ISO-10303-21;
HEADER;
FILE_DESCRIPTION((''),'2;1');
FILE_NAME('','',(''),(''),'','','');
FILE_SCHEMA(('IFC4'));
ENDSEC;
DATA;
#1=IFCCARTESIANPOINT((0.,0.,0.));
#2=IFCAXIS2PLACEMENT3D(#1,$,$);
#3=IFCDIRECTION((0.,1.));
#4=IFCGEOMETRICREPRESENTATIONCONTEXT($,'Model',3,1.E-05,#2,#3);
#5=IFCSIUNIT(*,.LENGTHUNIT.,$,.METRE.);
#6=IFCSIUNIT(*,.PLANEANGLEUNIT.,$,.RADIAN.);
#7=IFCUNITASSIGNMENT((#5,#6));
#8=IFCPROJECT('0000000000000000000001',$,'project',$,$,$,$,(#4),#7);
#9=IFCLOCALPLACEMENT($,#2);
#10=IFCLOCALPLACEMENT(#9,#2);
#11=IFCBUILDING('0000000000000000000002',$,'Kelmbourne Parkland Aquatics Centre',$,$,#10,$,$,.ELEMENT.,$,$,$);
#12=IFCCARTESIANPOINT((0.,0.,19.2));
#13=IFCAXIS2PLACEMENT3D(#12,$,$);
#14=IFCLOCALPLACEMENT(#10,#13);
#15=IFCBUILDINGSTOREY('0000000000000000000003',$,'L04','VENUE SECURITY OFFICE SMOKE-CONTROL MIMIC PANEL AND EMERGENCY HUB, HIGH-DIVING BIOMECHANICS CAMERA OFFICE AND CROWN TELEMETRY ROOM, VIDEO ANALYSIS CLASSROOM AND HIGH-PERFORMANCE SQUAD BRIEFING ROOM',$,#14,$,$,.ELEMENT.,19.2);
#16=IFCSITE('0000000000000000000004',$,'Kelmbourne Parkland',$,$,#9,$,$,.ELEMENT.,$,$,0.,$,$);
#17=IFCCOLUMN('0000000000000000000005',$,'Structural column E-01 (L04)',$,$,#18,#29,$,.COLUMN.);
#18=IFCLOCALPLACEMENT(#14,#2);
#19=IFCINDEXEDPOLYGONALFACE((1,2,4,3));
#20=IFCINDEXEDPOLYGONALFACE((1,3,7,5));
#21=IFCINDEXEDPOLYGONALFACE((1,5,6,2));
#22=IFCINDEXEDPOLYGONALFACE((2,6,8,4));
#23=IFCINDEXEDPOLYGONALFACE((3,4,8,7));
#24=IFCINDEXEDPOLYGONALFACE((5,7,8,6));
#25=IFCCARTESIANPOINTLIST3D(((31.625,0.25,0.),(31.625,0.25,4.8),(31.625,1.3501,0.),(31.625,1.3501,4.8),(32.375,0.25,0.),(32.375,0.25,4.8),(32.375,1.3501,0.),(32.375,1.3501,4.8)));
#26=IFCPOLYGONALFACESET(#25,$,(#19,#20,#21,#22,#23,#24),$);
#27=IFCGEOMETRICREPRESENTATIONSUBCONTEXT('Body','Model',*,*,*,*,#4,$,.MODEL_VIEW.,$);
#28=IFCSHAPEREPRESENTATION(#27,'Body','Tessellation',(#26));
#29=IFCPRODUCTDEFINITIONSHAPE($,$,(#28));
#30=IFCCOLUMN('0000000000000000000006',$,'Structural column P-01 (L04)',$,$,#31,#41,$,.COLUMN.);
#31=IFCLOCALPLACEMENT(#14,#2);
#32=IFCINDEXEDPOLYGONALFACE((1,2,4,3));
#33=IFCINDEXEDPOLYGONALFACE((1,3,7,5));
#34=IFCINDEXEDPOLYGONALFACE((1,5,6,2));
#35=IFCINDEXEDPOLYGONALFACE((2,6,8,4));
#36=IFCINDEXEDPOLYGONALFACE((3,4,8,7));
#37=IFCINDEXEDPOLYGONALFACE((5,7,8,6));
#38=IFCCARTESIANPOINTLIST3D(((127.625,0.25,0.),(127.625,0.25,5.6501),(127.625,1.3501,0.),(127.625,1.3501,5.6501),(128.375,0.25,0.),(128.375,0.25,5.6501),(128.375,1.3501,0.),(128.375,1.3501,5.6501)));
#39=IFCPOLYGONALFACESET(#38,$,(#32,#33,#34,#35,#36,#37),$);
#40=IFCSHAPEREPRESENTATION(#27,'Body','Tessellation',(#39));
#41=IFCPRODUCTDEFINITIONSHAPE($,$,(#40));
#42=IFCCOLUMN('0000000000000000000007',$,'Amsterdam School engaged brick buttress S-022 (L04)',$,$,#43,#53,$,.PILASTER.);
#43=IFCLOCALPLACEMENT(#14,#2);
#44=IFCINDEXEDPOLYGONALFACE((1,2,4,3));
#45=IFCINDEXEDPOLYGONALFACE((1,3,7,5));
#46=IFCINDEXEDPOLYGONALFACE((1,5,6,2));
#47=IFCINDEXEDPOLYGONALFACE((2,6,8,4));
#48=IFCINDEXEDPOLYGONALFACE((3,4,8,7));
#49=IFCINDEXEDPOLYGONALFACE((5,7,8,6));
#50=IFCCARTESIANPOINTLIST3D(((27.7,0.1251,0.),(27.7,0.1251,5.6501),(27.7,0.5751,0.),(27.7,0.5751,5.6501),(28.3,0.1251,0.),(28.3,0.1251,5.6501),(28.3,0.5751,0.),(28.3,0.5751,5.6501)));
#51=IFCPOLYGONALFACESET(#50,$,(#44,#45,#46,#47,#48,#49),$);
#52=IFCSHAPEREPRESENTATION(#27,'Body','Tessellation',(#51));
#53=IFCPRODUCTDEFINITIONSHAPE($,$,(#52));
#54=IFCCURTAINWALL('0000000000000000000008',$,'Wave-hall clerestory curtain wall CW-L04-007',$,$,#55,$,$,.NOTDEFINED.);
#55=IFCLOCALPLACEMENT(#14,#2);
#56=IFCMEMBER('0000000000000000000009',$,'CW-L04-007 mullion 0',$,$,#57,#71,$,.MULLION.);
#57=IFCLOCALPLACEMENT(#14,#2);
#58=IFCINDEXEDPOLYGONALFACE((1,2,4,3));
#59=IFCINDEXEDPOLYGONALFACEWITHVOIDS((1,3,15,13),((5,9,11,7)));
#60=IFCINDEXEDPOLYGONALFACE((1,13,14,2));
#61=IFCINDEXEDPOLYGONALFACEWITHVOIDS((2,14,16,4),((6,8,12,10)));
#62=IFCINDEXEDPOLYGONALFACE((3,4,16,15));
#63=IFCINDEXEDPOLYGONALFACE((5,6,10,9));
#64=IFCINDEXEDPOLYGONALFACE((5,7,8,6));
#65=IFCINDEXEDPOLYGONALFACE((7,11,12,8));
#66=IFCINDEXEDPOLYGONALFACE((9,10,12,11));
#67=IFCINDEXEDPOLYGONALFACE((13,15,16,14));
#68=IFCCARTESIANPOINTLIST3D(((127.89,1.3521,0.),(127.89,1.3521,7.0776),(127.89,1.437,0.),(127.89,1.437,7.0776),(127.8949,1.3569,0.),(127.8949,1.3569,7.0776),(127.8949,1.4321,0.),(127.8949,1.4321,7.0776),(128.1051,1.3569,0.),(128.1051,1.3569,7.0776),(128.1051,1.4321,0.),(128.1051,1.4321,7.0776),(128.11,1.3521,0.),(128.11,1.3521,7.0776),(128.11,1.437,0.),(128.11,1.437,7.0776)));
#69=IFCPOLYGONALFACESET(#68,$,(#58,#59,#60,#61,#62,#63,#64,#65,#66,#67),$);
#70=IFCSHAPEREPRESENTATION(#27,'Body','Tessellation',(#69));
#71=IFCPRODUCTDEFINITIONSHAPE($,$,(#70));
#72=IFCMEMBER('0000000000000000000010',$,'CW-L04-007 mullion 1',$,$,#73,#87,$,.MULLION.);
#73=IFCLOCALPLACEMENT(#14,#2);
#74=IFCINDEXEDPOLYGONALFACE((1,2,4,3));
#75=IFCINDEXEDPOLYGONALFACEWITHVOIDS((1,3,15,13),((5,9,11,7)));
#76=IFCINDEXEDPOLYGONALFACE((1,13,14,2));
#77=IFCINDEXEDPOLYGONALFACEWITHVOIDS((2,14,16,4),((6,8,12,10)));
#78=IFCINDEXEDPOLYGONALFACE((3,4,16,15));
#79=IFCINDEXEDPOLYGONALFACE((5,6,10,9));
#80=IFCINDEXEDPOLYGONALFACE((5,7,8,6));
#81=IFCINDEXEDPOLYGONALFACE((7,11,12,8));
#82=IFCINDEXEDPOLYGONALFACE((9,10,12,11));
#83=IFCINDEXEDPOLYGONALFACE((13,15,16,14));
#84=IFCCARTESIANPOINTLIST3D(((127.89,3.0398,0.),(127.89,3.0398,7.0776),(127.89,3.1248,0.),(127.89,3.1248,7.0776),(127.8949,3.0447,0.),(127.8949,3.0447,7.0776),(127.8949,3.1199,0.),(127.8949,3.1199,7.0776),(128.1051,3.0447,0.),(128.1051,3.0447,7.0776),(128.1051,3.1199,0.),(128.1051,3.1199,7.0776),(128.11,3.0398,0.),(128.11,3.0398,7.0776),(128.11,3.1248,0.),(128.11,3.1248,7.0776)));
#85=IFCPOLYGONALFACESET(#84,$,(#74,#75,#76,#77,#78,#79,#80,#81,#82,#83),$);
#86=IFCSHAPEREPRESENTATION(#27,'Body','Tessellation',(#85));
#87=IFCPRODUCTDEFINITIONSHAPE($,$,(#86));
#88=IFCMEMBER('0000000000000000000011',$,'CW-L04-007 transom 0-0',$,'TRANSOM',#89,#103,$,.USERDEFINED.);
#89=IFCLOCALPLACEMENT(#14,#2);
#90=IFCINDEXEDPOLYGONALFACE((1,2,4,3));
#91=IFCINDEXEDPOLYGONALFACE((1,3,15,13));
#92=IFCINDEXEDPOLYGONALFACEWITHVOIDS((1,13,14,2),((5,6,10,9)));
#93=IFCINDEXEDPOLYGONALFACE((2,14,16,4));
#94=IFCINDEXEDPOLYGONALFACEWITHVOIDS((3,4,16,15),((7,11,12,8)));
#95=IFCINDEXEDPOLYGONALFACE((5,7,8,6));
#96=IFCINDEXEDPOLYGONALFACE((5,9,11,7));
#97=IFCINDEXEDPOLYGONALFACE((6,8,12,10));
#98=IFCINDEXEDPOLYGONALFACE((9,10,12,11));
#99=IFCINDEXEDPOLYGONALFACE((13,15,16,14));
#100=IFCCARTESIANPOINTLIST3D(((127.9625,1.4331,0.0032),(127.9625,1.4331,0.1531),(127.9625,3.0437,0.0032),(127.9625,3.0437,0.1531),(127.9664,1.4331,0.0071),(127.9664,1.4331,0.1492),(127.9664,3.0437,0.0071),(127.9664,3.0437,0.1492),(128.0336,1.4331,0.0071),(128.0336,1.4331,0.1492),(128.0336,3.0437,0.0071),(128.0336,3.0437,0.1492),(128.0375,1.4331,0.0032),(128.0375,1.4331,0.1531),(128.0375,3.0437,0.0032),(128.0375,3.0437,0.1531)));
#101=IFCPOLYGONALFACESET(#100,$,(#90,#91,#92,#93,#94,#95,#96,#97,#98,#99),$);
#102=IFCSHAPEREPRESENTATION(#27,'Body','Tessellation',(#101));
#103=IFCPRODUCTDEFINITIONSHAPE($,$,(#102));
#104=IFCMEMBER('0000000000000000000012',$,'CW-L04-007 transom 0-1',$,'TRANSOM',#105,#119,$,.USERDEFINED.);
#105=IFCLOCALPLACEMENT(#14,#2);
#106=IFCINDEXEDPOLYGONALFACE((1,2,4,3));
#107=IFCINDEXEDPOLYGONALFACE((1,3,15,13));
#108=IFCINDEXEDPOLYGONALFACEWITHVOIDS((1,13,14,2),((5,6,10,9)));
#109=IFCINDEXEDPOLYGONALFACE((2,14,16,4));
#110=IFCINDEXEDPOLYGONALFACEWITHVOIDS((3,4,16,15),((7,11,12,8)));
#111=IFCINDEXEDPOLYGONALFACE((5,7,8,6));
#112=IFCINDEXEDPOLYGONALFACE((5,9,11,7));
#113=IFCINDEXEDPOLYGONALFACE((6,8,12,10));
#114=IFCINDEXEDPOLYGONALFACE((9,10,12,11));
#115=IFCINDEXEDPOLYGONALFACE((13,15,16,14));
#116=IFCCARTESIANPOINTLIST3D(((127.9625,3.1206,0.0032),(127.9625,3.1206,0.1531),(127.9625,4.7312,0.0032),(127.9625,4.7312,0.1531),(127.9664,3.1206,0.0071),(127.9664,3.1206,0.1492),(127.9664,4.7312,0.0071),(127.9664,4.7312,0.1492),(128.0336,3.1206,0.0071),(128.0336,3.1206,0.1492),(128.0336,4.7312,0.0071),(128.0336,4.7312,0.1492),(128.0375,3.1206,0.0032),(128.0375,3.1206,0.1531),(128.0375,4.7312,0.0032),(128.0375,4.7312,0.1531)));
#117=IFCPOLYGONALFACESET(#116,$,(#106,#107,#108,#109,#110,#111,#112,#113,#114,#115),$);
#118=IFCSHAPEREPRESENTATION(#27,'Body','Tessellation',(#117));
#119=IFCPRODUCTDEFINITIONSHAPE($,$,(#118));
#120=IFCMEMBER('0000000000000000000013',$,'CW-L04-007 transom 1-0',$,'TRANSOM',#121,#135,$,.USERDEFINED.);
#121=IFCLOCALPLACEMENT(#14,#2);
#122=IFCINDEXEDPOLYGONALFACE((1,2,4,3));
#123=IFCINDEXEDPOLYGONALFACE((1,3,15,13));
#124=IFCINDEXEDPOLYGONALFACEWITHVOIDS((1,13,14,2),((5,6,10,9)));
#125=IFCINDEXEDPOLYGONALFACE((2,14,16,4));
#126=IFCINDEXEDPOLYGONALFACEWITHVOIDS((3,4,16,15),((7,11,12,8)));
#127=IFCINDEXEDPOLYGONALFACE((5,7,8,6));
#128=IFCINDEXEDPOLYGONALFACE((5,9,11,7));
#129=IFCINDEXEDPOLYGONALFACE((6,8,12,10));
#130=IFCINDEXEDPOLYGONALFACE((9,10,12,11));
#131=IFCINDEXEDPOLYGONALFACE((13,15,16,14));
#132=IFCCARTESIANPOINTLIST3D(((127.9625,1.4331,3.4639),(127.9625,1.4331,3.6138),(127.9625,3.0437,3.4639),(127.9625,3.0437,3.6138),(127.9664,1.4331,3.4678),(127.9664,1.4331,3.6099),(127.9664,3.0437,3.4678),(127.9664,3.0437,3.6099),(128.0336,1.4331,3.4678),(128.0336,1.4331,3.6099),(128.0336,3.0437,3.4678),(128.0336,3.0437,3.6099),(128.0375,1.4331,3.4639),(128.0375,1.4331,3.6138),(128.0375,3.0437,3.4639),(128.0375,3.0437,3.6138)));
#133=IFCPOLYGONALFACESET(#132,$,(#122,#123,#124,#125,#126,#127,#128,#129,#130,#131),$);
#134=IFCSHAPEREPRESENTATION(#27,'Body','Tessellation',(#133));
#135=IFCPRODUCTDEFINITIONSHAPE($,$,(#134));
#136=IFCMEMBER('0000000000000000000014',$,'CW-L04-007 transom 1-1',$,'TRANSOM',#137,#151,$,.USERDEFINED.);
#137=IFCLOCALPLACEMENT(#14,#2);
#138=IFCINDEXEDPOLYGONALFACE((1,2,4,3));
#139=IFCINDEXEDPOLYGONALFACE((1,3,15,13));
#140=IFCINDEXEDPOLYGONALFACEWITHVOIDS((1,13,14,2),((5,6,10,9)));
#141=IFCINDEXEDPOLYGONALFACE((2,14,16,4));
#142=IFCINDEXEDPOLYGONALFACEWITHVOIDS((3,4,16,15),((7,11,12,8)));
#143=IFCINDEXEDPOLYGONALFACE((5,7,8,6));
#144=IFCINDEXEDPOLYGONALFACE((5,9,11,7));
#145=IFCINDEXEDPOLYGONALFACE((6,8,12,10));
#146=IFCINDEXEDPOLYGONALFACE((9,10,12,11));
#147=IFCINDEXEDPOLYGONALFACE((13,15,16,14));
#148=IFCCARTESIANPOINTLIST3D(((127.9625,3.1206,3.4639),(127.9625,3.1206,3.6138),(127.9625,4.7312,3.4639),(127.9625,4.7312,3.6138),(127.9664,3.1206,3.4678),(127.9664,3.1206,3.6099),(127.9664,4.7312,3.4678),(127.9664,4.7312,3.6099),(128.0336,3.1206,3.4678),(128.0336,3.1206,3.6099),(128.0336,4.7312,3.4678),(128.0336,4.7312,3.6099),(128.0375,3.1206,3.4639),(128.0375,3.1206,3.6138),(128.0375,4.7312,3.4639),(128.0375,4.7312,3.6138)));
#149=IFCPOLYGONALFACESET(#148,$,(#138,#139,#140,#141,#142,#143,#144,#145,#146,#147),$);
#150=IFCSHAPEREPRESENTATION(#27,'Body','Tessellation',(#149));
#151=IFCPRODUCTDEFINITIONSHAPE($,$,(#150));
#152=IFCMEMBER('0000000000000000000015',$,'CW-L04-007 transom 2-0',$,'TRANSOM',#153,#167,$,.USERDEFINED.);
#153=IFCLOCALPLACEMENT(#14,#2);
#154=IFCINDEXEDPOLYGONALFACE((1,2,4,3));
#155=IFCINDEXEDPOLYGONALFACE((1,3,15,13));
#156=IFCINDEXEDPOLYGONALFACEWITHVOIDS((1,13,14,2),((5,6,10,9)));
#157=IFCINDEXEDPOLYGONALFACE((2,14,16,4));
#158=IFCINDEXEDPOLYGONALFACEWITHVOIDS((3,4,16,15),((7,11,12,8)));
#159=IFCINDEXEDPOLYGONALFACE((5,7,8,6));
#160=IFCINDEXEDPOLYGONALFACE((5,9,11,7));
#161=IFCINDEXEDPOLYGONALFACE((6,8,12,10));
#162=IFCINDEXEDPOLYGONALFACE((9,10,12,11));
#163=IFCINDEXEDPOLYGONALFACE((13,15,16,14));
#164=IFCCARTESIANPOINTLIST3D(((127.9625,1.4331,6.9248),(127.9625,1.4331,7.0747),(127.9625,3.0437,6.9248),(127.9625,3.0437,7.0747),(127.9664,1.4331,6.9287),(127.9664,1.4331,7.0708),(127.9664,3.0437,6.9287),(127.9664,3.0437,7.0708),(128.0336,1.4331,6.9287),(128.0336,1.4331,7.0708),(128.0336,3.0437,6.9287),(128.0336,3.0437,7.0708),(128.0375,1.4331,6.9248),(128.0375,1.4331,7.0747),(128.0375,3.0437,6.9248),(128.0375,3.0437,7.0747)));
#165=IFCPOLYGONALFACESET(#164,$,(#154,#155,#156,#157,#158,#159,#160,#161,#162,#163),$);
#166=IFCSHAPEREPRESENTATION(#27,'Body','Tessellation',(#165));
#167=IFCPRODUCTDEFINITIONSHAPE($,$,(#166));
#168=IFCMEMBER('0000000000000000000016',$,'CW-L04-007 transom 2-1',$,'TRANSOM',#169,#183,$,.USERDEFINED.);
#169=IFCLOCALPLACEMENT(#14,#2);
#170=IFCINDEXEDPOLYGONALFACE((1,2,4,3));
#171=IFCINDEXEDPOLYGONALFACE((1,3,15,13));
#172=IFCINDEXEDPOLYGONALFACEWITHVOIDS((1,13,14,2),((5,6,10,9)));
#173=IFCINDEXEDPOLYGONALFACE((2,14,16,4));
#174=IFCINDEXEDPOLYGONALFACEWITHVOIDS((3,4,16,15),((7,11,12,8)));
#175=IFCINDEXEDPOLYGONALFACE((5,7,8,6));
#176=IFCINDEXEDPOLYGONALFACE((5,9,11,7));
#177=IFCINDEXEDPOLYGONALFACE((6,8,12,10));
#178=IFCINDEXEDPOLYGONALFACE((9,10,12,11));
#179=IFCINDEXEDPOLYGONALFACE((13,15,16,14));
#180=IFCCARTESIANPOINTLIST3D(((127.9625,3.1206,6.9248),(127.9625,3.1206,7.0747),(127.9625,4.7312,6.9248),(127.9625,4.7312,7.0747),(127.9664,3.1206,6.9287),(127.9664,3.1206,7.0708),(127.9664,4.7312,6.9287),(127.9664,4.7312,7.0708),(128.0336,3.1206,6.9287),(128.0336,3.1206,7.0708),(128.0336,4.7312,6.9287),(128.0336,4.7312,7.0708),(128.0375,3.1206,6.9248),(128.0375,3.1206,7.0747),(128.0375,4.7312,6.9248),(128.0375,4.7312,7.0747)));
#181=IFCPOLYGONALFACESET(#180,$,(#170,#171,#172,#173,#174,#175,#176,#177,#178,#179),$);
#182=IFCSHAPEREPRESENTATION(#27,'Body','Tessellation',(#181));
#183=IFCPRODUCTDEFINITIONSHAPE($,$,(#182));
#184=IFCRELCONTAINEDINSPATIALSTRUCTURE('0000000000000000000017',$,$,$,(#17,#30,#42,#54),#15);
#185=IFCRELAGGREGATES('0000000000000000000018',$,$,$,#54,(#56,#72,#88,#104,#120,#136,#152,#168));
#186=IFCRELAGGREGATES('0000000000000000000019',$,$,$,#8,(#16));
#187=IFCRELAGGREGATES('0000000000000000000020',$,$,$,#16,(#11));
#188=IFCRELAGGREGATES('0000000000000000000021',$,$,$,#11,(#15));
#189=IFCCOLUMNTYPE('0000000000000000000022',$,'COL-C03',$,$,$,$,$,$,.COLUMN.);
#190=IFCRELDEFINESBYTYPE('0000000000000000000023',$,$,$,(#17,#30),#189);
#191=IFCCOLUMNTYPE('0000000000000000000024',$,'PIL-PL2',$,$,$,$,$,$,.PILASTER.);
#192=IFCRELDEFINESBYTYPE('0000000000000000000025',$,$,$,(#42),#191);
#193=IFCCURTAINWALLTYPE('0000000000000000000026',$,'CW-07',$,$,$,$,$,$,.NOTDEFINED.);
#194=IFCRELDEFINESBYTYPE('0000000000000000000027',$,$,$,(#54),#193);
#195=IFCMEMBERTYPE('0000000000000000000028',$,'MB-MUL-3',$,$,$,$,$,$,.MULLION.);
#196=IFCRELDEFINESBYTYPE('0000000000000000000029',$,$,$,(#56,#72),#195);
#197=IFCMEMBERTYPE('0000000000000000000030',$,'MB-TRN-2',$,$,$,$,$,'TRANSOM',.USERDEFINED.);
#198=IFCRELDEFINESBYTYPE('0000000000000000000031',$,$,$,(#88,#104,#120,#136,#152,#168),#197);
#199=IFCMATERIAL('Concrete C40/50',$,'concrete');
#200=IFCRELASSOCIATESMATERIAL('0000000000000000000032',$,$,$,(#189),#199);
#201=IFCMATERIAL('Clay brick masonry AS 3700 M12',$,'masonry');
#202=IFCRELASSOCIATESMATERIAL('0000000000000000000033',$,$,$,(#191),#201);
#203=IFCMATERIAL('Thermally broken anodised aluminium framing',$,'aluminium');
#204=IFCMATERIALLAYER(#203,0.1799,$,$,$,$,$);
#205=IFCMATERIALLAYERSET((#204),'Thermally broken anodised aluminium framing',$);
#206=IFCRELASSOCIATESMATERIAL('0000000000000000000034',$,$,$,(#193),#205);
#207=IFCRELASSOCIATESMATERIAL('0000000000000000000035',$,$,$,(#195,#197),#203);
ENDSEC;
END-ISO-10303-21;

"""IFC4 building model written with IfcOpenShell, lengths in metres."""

from ifc_helpers import new_model, si_unit, direction, frame, origin, origin_2d, place, context, subcontext, project, spatial, rectangle, hollow_rectangle, extrude, material, layer, layer_set, material_profile, profile_set, type_object, element, aggregate, save


model = new_model("IFC4")

# Units and contexts
model_context = context("Model", 3, precision=1e-05, world=origin(), true_north=direction((0.0, 1.0)))
body_context = subcontext(model_context, "Body", "Model", "MODEL_VIEW")
ifc_project = project(units=[si_unit("LENGTHUNIT", "METRE"), si_unit("PLANEANGLEUNIT", "RADIAN")], contexts=[model_context])

# Site, building, storey
site_placement = place(None, origin())
site = spatial("IfcSite", under=ifc_project, at=site_placement, Name="Kelmbourne Parkland", CompositionType="ELEMENT", RefElevation=0.0)
building_placement = place(site_placement, origin())
building = spatial("IfcBuilding", under=site, at=building_placement, Name="Kelmbourne Parkland Aquatics Centre", CompositionType="ELEMENT")
storey_placement = place(building_placement, frame((0.0, 0.0, 19.2)))
storey = spatial("IfcBuildingStorey", under=building, at=storey_placement, Name="L04", Description="VENUE SECURITY OFFICE SMOKE-CONTROL MIMIC PANEL AND EMERGENCY HUB, HIGH-DIVING BIOMECHANICS CAMERA OFFICE AND CROWN TELEMETRY ROOM, VIDEO ANALYSIS CLASSROOM AND HIGH-PERFORMANCE SQUAD BRIEFING ROOM", CompositionType="ELEMENT", Elevation=19.2)

# Columns
ifc_material_1 = material(Name="Concrete C40/50", Category="concrete")
ifc_material_profile_1 = material_profile(ifc_material_1, rectangle(XDim=0.75, YDim=1.1001, at=origin_2d()), Name="RC 750x1100")
ifc_profile_set_1 = profile_set([ifc_material_profile_1], Name="Concrete C40/50")
column_type_1 = type_object("IfcColumnType", Name="COL-C03", PredefinedType="COLUMN", material=ifc_profile_set_1)
column_1_placement = place(storey_placement, frame((32.0, 0.8, 0.0), z_axis=(0.0, 0.0, 1.0), x_axis=(1.0, 0.0, 0.0)))
element("IfcColumn", 1, at=column_1_placement, inside=storey, type_object=column_type_1, Name="Structural column E-01 (L04)", PredefinedType="COLUMN", context=body_context, shape_type="SweptSolid", body=[
    extrude(rectangle(XDim=0.75, YDim=1.1001, at=origin_2d()), origin(), (0.0, 0.0, 1.0), 4.8),
])
column_2_placement = place(storey_placement, frame((128.0, 0.8, 0.0), z_axis=(0.0, 0.0, 1.0), x_axis=(1.0, 0.0, 0.0)))
element("IfcColumn", 2, at=column_2_placement, inside=storey, type_object=column_type_1, Name="Structural column P-01 (L04)", PredefinedType="COLUMN", context=body_context, shape_type="SweptSolid", body=[
    extrude(rectangle(XDim=0.75, YDim=1.1001, at=origin_2d()), origin(), (0.0, 0.0, 1.0), 5.6501),
])
ifc_material_2 = material(Name="Clay brick masonry AS 3700 M12", Category="masonry")
ifc_material_profile_2 = material_profile(ifc_material_2, rectangle(XDim=0.45, YDim=0.6001, at=origin_2d()), Name="PIL 450x600")
ifc_profile_set_2 = profile_set([ifc_material_profile_2], Name="Clay brick masonry AS 3700 M12")
column_type_2 = type_object("IfcColumnType", Name="PIL-PL2", PredefinedType="PILASTER", material=ifc_profile_set_2)
column_3_placement = place(storey_placement, frame((28.0, 0.3501, 0.0), z_axis=(0.0, 0.0, 1.0), x_axis=(0.0, 1.0, 0.0)))
element("IfcColumn", 3, at=column_3_placement, inside=storey, type_object=column_type_2, Name="Amsterdam School engaged brick buttress S-022 (L04)", PredefinedType="PILASTER", context=body_context, shape_type="SweptSolid", body=[
    extrude(rectangle(XDim=0.45, YDim=0.6001, at=origin_2d()), origin(), (0.0, 0.0, 1.0), 5.6501),
])

# Curtain wall, members
ifc_material_3 = material(Name="Thermally broken anodised aluminium framing", Category="aluminium")
ifc_layer_1 = layer(ifc_material_3, 0.1799)
ifc_layer_set_1 = layer_set([ifc_layer_1], Name="Thermally broken anodised aluminium framing")
curtain_wall_type = type_object("IfcCurtainWallType", Name="CW-07", PredefinedType="NOTDEFINED", material=ifc_layer_set_1)
curtain_wall_placement = place(storey_placement, origin())
curtain_wall = element("IfcCurtainWall", 4, at=curtain_wall_placement, inside=storey, type_object=curtain_wall_type, Name="Wave-hall clerestory curtain wall CW-L04-007", PredefinedType="NOTDEFINED")
ifc_material_profile_3 = material_profile(ifc_material_3, hollow_rectangle(XDim=0.085, YDim=0.22, WallThickness=0.0049, at=origin_2d()), Name="CW-M 85x220")
ifc_profile_set_3 = profile_set([ifc_material_profile_3], Name="Thermally broken anodised aluminium framing")
member_type_1 = type_object("IfcMemberType", Name="MB-MUL-3", PredefinedType="MULLION", material=ifc_profile_set_3)
member_1_placement = place(storey_placement, frame((128.0, 1.3945, 0.0), z_axis=(0.0, 0.0, 1.0), x_axis=(0.0, 1.0, 0.0)))
member_1 = element("IfcMember", 5, at=member_1_placement, type_object=member_type_1, Name="CW-L04-007 mullion 0", PredefinedType="MULLION", context=body_context, shape_type="SweptSolid", body=[
    extrude(hollow_rectangle(XDim=0.085, YDim=0.22, WallThickness=0.0049, at=origin_2d()), origin(), (0.0, 0.0, 1.0), 7.0776),
])
member_2_placement = place(storey_placement, frame((128.0, 3.0823, 0.0), z_axis=(0.0, 0.0, 1.0), x_axis=(0.0, 1.0, 0.0)))
member_2 = element("IfcMember", 6, at=member_2_placement, type_object=member_type_1, Name="CW-L04-007 mullion 1", PredefinedType="MULLION", context=body_context, shape_type="SweptSolid", body=[
    extrude(hollow_rectangle(XDim=0.085, YDim=0.22, WallThickness=0.0049, at=origin_2d()), origin(), (0.0, 0.0, 1.0), 7.0776),
])
ifc_material_profile_4 = material_profile(ifc_material_3, hollow_rectangle(XDim=0.075, YDim=0.1499, WallThickness=0.0039, at=origin_2d()), Name="CW-T 75x150")
ifc_profile_set_4 = profile_set([ifc_material_profile_4], Name="Thermally broken anodised aluminium framing")
member_type_2 = type_object("IfcMemberType", Name="MB-TRN-2", ElementType="TRANSOM", PredefinedType="USERDEFINED", material=ifc_profile_set_4)
member_3_placement = place(storey_placement, frame((128.0, 1.4331, 0.0781), z_axis=(0.0, 1.0, 0.0), x_axis=(-1.0, 0.0, 0.0)))
member_3 = element("IfcMember", 7, at=member_3_placement, type_object=member_type_2, Name="CW-L04-007 transom 0-0", ObjectType="TRANSOM", PredefinedType="USERDEFINED", context=body_context, shape_type="SweptSolid", body=[
    extrude(hollow_rectangle(XDim=0.075, YDim=0.1499, WallThickness=0.0039, at=origin_2d()), origin(), (0.0, 0.0, 1.0), 1.6106),
])
member_4_placement = place(storey_placement, frame((128.0, 3.1206, 0.0781), z_axis=(0.0, 1.0, 0.0), x_axis=(-1.0, 0.0, 0.0)))
member_4 = element("IfcMember", 8, at=member_4_placement, type_object=member_type_2, Name="CW-L04-007 transom 0-1", ObjectType="TRANSOM", PredefinedType="USERDEFINED", context=body_context, shape_type="SweptSolid", body=[
    extrude(hollow_rectangle(XDim=0.075, YDim=0.1499, WallThickness=0.0039, at=origin_2d()), origin(), (0.0, 0.0, 1.0), 1.6106),
])
member_5_placement = place(storey_placement, frame((128.0, 1.4331, 3.5388), z_axis=(0.0, 1.0, 0.0), x_axis=(-1.0, 0.0, 0.0)))
member_5 = element("IfcMember", 9, at=member_5_placement, type_object=member_type_2, Name="CW-L04-007 transom 1-0", ObjectType="TRANSOM", PredefinedType="USERDEFINED", context=body_context, shape_type="SweptSolid", body=[
    extrude(hollow_rectangle(XDim=0.075, YDim=0.1499, WallThickness=0.0039, at=origin_2d()), origin(), (0.0, 0.0, 1.0), 1.6106),
])
member_6_placement = place(storey_placement, frame((128.0, 3.1206, 3.5388), z_axis=(0.0, 1.0, 0.0), x_axis=(-1.0, 0.0, 0.0)))
member_6 = element("IfcMember", 10, at=member_6_placement, type_object=member_type_2, Name="CW-L04-007 transom 1-1", ObjectType="TRANSOM", PredefinedType="USERDEFINED", context=body_context, shape_type="SweptSolid", body=[
    extrude(hollow_rectangle(XDim=0.075, YDim=0.1499, WallThickness=0.0039, at=origin_2d()), origin(), (0.0, 0.0, 1.0), 1.6106),
])
member_7_placement = place(storey_placement, frame((128.0, 1.4331, 6.9998), z_axis=(0.0, 1.0, 0.0), x_axis=(-1.0, 0.0, 0.0)))
member_7 = element("IfcMember", 11, at=member_7_placement, type_object=member_type_2, Name="CW-L04-007 transom 2-0", ObjectType="TRANSOM", PredefinedType="USERDEFINED", context=body_context, shape_type="SweptSolid", body=[
    extrude(hollow_rectangle(XDim=0.075, YDim=0.1499, WallThickness=0.0039, at=origin_2d()), origin(), (0.0, 0.0, 1.0), 1.6106),
])
member_8_placement = place(storey_placement, frame((128.0, 3.1206, 6.9998), z_axis=(0.0, 1.0, 0.0), x_axis=(-1.0, 0.0, 0.0)))
member_8 = element("IfcMember", 12, at=member_8_placement, type_object=member_type_2, Name="CW-L04-007 transom 2-1", ObjectType="TRANSOM", PredefinedType="USERDEFINED", context=body_context, shape_type="SweptSolid", body=[
    extrude(hollow_rectangle(XDim=0.075, YDim=0.1499, WallThickness=0.0039, at=origin_2d()), origin(), (0.0, 0.0, 1.0), 1.6106),
])
aggregate(curtain_wall, [member_1, member_2, member_3, member_4, member_5, member_6, member_7, member_8])

save(model, "model.ifc")
